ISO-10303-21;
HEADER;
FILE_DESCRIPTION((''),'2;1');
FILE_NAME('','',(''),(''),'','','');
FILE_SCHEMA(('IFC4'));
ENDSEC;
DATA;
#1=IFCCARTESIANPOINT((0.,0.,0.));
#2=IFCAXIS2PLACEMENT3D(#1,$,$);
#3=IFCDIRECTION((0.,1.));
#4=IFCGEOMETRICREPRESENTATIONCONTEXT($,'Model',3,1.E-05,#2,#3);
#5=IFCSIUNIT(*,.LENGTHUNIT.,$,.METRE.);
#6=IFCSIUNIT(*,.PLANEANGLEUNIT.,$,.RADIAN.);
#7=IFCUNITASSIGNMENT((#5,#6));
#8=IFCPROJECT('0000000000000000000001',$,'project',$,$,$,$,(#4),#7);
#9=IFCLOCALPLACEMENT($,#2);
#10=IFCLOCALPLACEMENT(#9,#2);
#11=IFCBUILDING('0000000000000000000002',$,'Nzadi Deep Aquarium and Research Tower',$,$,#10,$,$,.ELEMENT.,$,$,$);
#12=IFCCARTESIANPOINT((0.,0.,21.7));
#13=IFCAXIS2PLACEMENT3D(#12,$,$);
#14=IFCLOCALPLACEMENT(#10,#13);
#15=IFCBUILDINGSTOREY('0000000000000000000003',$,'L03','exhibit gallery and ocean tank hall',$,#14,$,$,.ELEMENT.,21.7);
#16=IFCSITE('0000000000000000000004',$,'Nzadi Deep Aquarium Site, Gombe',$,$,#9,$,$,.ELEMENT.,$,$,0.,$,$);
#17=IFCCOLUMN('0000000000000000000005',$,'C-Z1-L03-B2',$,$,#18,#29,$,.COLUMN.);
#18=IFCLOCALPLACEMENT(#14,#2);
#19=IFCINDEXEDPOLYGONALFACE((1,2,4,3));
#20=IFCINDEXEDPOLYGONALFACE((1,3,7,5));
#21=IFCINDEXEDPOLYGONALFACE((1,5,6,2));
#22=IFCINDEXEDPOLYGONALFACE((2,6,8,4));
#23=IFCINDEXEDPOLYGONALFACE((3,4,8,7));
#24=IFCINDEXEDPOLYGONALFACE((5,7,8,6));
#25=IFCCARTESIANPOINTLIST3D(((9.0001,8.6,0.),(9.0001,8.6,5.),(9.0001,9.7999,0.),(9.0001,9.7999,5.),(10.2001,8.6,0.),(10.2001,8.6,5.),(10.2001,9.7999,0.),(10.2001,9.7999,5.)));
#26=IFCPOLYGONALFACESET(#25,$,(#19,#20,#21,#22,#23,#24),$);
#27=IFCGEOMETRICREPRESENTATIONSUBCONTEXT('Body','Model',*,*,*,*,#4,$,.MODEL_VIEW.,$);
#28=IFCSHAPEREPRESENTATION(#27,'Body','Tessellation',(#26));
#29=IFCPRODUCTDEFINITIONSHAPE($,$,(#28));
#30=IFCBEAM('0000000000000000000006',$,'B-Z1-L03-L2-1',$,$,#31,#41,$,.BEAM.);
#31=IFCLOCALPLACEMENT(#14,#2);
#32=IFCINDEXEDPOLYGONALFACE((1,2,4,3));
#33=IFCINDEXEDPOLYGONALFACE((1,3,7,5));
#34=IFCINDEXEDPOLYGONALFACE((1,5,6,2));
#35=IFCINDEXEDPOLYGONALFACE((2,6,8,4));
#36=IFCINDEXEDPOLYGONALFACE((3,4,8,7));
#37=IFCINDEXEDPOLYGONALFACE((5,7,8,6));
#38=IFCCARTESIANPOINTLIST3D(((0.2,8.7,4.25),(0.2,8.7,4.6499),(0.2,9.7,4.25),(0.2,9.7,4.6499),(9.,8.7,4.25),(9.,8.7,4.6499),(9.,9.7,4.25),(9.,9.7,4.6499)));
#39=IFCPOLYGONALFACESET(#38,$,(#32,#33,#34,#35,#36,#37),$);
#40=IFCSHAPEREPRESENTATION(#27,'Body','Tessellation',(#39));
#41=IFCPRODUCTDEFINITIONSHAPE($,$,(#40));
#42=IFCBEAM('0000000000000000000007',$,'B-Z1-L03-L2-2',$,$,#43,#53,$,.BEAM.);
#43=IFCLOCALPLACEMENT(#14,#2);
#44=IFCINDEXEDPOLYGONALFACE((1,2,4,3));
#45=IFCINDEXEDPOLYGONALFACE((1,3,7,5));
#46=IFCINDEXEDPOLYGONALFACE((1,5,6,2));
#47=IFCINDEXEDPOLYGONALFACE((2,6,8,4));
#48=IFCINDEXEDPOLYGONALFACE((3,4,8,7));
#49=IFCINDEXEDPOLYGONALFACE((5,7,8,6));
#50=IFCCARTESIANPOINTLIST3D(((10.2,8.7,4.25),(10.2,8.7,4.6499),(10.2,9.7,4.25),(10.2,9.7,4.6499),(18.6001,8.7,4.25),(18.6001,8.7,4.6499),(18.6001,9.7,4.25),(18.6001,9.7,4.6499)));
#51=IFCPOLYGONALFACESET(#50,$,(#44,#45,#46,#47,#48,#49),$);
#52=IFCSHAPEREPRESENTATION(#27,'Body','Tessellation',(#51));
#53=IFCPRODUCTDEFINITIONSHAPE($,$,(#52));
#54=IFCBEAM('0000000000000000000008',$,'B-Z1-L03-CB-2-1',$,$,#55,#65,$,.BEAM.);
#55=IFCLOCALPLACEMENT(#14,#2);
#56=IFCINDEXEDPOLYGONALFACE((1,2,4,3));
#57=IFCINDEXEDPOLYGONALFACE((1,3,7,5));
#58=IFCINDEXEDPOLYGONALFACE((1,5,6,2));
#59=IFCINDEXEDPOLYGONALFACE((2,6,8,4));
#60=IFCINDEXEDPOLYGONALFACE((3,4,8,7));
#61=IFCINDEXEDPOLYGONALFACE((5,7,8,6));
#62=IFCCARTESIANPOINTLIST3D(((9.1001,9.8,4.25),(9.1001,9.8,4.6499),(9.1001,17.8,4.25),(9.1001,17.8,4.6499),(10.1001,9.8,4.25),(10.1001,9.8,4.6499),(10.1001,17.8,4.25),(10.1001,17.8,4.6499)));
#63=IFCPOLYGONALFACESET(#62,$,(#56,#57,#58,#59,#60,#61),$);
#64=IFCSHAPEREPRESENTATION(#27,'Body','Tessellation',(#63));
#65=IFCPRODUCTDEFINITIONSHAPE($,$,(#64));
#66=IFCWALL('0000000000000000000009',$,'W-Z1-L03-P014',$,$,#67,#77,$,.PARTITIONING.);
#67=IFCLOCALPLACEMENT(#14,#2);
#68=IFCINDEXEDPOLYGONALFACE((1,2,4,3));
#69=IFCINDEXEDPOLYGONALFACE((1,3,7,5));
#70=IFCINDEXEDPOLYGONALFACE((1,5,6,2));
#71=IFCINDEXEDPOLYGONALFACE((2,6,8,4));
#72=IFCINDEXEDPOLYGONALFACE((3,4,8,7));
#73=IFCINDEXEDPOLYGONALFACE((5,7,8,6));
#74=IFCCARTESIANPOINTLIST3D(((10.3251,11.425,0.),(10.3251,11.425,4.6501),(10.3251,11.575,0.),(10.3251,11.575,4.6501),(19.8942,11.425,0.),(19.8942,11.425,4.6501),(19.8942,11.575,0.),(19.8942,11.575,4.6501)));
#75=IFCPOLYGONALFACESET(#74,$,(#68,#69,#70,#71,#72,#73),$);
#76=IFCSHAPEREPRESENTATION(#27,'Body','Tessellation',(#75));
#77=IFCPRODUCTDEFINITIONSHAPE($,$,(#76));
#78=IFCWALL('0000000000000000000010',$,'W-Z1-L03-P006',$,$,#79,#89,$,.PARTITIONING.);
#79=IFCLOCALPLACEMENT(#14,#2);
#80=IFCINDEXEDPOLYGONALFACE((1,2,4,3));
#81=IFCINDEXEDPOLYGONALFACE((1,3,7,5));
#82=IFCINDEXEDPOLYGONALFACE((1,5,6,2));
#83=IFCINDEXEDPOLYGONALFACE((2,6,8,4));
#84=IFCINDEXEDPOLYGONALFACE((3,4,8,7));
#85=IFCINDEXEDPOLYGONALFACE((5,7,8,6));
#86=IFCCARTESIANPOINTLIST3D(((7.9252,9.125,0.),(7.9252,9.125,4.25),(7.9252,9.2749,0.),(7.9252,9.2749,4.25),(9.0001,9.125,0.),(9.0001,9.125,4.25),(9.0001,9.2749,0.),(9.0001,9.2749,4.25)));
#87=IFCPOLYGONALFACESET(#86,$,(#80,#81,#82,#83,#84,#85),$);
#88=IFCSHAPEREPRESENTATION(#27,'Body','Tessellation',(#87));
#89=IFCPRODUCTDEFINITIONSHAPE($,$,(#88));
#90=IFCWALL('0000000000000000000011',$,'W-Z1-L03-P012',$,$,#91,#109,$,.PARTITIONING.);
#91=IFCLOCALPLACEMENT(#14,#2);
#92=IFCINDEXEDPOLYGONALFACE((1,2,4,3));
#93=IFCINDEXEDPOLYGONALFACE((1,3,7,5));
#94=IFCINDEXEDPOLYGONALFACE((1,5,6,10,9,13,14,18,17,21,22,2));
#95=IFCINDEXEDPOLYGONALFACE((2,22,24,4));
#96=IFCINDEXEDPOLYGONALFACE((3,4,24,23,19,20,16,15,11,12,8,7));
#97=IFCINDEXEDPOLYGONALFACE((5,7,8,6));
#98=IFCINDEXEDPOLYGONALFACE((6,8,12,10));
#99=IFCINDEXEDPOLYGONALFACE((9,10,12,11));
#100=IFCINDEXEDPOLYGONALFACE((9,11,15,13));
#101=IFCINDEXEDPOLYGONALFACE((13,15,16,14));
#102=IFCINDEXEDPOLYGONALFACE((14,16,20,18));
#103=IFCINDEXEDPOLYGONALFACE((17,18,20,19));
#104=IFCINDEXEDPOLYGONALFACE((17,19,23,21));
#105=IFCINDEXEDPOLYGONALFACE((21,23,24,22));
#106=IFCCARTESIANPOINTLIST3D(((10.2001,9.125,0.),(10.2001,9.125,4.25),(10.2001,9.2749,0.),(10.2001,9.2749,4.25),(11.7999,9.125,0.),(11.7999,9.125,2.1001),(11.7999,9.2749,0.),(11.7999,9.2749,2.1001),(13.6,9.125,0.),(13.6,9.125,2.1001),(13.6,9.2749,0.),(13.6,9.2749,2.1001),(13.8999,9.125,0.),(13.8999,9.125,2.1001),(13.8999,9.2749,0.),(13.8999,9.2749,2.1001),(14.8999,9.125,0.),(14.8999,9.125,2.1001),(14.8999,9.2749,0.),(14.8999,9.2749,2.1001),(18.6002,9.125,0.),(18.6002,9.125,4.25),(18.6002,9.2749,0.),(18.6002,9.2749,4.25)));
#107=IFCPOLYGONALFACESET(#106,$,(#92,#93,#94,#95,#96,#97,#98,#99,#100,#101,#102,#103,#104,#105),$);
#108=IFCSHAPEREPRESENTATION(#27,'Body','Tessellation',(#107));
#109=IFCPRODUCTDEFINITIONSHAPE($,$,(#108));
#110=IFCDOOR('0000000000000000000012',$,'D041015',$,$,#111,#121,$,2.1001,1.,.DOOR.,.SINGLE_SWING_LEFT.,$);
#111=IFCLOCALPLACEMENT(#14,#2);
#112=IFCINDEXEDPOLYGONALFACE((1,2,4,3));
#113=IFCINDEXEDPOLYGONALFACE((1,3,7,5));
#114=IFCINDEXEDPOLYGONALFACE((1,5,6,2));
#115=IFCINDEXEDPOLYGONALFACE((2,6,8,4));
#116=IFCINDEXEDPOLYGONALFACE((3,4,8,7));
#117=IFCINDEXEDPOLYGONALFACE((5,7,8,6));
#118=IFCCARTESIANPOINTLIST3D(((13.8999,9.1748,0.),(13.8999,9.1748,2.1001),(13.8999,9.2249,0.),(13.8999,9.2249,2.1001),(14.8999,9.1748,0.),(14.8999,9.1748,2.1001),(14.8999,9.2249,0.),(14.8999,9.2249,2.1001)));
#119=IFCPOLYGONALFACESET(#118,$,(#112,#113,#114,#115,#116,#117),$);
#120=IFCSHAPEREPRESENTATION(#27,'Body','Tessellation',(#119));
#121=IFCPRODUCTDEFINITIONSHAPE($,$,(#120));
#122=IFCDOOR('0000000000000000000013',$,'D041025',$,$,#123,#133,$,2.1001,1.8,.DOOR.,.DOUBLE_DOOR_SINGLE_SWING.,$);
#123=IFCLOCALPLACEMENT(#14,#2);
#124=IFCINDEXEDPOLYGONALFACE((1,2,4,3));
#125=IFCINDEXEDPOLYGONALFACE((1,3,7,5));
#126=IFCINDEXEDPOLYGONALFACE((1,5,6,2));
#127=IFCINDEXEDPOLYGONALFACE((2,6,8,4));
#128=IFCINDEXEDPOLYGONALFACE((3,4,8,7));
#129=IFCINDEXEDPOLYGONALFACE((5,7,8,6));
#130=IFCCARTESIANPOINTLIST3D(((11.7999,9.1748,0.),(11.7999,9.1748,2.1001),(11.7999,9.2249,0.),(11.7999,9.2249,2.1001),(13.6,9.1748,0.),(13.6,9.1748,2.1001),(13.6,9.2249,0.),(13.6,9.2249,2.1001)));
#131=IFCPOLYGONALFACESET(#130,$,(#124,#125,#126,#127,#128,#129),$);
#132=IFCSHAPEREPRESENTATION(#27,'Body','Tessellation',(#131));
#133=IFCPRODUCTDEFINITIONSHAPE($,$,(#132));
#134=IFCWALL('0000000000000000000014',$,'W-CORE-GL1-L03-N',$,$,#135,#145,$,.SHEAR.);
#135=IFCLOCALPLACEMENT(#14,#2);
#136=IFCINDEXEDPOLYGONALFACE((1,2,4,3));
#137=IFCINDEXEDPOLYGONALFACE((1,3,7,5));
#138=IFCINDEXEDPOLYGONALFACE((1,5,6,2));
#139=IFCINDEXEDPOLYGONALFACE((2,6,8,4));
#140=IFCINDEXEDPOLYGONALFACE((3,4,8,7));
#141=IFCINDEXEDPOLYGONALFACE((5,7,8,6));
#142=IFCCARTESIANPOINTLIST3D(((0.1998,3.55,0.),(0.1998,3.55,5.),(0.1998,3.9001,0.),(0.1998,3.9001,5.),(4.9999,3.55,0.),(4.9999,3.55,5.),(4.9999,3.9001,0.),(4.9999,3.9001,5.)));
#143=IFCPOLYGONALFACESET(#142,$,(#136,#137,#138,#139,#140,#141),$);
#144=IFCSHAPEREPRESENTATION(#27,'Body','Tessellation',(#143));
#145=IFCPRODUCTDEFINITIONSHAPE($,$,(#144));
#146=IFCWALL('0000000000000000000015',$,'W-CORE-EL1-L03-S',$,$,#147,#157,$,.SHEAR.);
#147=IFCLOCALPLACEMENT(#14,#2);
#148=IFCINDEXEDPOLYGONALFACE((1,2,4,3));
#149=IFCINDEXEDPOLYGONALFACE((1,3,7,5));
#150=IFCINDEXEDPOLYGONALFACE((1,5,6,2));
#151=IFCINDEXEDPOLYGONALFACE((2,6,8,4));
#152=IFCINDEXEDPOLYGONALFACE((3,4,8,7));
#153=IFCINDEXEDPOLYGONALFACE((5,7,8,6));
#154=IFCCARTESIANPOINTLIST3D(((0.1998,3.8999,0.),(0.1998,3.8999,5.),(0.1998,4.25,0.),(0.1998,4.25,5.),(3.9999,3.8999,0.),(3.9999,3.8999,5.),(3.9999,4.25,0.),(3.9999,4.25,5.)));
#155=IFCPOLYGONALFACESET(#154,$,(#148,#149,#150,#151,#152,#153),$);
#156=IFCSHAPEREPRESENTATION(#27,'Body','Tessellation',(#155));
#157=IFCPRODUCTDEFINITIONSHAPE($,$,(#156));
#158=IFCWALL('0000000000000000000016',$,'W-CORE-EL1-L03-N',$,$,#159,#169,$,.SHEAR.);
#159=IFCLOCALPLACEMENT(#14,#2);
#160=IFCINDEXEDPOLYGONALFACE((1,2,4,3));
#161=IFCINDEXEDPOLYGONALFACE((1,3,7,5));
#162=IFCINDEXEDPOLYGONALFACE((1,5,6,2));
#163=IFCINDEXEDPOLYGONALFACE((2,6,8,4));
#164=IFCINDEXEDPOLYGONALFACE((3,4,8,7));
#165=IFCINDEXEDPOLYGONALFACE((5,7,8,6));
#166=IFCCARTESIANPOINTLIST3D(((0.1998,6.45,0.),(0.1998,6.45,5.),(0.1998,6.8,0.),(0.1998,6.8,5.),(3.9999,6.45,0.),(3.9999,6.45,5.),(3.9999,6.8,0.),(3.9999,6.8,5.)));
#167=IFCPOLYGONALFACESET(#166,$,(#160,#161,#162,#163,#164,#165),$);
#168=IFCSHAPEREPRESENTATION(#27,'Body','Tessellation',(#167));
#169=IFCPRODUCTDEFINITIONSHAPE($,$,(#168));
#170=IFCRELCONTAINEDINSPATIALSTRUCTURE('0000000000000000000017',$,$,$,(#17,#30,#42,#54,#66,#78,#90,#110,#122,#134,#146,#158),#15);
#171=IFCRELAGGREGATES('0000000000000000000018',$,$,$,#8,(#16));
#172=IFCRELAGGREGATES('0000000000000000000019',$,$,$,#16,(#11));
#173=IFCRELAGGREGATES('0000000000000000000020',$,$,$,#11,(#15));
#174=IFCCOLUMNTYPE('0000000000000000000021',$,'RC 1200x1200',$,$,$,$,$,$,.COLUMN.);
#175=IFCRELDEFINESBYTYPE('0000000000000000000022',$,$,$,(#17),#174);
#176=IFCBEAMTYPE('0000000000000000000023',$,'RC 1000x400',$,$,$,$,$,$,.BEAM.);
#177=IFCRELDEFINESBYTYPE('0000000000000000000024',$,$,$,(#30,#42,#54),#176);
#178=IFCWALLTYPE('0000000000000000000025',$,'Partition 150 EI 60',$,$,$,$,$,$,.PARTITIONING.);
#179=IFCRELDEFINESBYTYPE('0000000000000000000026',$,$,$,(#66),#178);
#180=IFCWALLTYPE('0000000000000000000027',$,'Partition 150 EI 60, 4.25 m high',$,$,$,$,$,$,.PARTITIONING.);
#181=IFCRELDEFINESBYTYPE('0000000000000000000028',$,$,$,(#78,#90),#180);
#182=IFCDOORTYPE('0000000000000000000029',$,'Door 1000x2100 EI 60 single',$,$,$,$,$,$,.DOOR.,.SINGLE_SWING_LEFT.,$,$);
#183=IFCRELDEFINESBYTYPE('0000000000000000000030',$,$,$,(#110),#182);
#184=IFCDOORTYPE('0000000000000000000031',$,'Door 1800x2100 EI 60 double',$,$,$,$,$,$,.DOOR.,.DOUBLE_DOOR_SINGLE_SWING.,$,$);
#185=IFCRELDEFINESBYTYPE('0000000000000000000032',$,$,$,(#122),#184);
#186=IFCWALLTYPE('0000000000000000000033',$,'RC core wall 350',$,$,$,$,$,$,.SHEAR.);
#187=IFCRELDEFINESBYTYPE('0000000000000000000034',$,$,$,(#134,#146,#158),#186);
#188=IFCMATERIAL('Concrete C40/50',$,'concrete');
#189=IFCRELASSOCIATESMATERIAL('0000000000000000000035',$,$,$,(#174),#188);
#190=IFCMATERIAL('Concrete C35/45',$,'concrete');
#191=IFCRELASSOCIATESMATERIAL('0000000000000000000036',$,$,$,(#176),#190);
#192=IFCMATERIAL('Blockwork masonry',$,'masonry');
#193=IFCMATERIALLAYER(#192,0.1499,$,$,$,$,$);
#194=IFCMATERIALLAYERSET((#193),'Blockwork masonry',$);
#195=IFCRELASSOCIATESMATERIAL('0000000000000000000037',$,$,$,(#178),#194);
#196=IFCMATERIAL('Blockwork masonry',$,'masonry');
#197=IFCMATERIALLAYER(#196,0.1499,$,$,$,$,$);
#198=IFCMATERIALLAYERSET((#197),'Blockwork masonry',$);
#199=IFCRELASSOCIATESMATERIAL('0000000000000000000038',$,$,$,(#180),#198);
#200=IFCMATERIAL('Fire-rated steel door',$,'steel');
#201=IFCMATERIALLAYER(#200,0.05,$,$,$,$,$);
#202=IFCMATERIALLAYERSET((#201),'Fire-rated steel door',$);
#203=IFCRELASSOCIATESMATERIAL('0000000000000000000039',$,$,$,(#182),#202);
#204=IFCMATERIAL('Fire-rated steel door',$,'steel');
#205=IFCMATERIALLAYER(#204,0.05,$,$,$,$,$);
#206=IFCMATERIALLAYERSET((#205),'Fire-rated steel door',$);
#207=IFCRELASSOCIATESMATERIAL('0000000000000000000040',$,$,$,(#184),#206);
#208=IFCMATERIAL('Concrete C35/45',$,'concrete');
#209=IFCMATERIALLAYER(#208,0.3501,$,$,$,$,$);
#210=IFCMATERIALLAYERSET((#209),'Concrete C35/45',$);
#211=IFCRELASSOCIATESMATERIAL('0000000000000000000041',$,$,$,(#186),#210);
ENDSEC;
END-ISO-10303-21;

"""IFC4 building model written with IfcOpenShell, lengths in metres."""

from ifc_helpers import new_model, si_unit, direction, frame, frame_2d, origin, origin_2d, place, context, subcontext, project, spatial, rectangle, extrude, material, layer, layer_set, material_profile, profile_set, type_object, element, fill, save


model = new_model("IFC4")

# Units and contexts
model_context = context("Model", 3, precision=1e-05, world=origin(), true_north=direction((0.0, 1.0)))
body_context = subcontext(model_context, "Body", "Model", "MODEL_VIEW")
ifc_project = project(units=[si_unit("LENGTHUNIT", "METRE"), si_unit("PLANEANGLEUNIT", "RADIAN")], contexts=[model_context])

# Site, building, storey
site_placement = place(None, origin())
site = spatial("IfcSite", under=ifc_project, at=site_placement, Name="Nzadi Deep Aquarium Site, Gombe", CompositionType="ELEMENT", RefElevation=0.0)
building_placement = place(site_placement, origin())
building = spatial("IfcBuilding", under=site, at=building_placement, Name="Nzadi Deep Aquarium and Research Tower", CompositionType="ELEMENT")
storey_placement = place(building_placement, frame((0.0, 0.0, 21.7)))
storey = spatial("IfcBuildingStorey", under=building, at=storey_placement, Name="L03", Description="exhibit gallery and ocean tank hall", CompositionType="ELEMENT", Elevation=21.7)

# Column
ifc_material_1 = material(Name="Concrete C40/50", Category="concrete")
ifc_material_profile_1 = material_profile(ifc_material_1, rectangle(XDim=1.2, YDim=1.2, at=origin_2d()))
ifc_profile_set_1 = profile_set([ifc_material_profile_1], Name="Concrete C40/50")
column_type = type_object("IfcColumnType", Name="RC 1200x1200", PredefinedType="COLUMN", material=ifc_profile_set_1)
column_placement = place(storey_placement, frame((9.6001, 9.2, 0.0), z_axis=(0.0, 0.0, 1.0), x_axis=(1.0, 0.0, 0.0)))
element("IfcColumn", 1, at=column_placement, inside=storey, type_object=column_type, Name="C-Z1-L03-B2", PredefinedType="COLUMN", context=body_context, shape_type="SweptSolid", body=[
    extrude(rectangle(XDim=1.2, YDim=1.2, at=origin_2d()), origin(), (0.0, 0.0, 1.0), 5.0),
])

# Beams
ifc_material_2 = material(Name="Concrete C35/45", Category="concrete")
ifc_material_profile_2 = material_profile(ifc_material_2, rectangle(XDim=1.0, YDim=0.3999, at=origin_2d()))
ifc_profile_set_2 = profile_set([ifc_material_profile_2], Name="Concrete C35/45")
beam_type = type_object("IfcBeamType", Name="RC 1000x400", PredefinedType="BEAM", material=ifc_profile_set_2)
beam_1_placement = place(storey_placement, frame((0.2, 9.2, 4.45), z_axis=(1.0, 0.0, 0.0), x_axis=(0.0, 1.0, 0.0)))
element("IfcBeam", 2, at=beam_1_placement, inside=storey, type_object=beam_type, Name="B-Z1-L03-L2-1", PredefinedType="BEAM", context=body_context, shape_type="SweptSolid", body=[
    extrude(rectangle(XDim=1.0, YDim=0.3999, at=origin_2d()), origin(), (0.0, 0.0, 1.0), 8.8),
])
beam_2_placement = place(storey_placement, frame((10.2, 9.2, 4.45), z_axis=(1.0, 0.0, 0.0), x_axis=(0.0, 1.0, 0.0)))
element("IfcBeam", 3, at=beam_2_placement, inside=storey, type_object=beam_type, Name="B-Z1-L03-L2-2", PredefinedType="BEAM", context=body_context, shape_type="SweptSolid", body=[
    extrude(rectangle(XDim=1.0, YDim=0.3999, at=origin_2d()), origin(), (0.0, 0.0, 1.0), 8.4001),
])
beam_3_placement = place(storey_placement, frame((9.6001, 9.8, 4.45), z_axis=(0.0, 1.0, 0.0), x_axis=(-1.0, 0.0, 0.0)))
element("IfcBeam", 4, at=beam_3_placement, inside=storey, type_object=beam_type, Name="B-Z1-L03-CB-2-1", PredefinedType="BEAM", context=body_context, shape_type="SweptSolid", body=[
    extrude(rectangle(XDim=1.0, YDim=0.3999, at=origin_2d()), origin(), (0.0, 0.0, 1.0), 8.0),
])

# Walls
ifc_material_3 = material(Name="Blockwork masonry", Category="masonry")
ifc_layer_1 = layer(ifc_material_3, 0.1499)
ifc_layer_set_1 = layer_set([ifc_layer_1], Name="Blockwork masonry")
wall_type_1 = type_object("IfcWallType", Name="Partition 150 EI 60", PredefinedType="PARTITIONING", material=ifc_layer_set_1)
wall_1_placement = place(storey_placement, frame((10.325, 11.5, 0.0), z_axis=(0.0, 0.0, 1.0), x_axis=(1.0, 0.0, 0.0)))
element("IfcWall", 5, at=wall_1_placement, inside=storey, type_object=wall_type_1, Name="W-Z1-L03-P014", PredefinedType="PARTITIONING", context=body_context, shape_type="SweptSolid", body=[
    extrude(rectangle(XDim=9.5691, YDim=0.1499, at=frame_2d((4.7847, 0.0))), origin(), (0.0, 0.0, 1.0), 4.6501),
])
ifc_material_4 = material(Name="Blockwork masonry", Category="masonry")
ifc_layer_2 = layer(ifc_material_4, 0.1499)
ifc_layer_set_2 = layer_set([ifc_layer_2], Name="Blockwork masonry")
wall_type_2 = type_object("IfcWallType", Name="Partition 150 EI 60, 4.25 m high", PredefinedType="PARTITIONING", material=ifc_layer_set_2)
wall_2_placement = place(storey_placement, frame((7.925, 9.2, 0.0), z_axis=(0.0, 0.0, 1.0), x_axis=(1.0, 0.0, 0.0)))
element("IfcWall", 6, at=wall_2_placement, inside=storey, type_object=wall_type_2, Name="W-Z1-L03-P006", PredefinedType="PARTITIONING", context=body_context, shape_type="SweptSolid", body=[
    extrude(rectangle(XDim=1.075, YDim=0.1499, at=frame_2d((0.5376, 0.0))), origin(), (0.0, 0.0, 1.0), 4.25),
])

# Wall, openings, doors
wall_3_placement = place(storey_placement, frame((10.2, 9.2, 0.0), z_axis=(0.0, 0.0, 1.0), x_axis=(1.0, 0.0, 0.0)))
wall_3 = element("IfcWall", 7, at=wall_3_placement, inside=storey, type_object=wall_type_2, Name="W-Z1-L03-P012", PredefinedType="PARTITIONING", context=body_context, shape_type="SweptSolid", body=[
    extrude(rectangle(XDim=8.4001, YDim=0.1499, at=frame_2d((4.2002, 0.0))), origin(), (0.0, 0.0, 1.0), 4.25),
])
opening_1_placement = place(wall_3_placement, frame((3.7, 0.0, 0.0)))
opening_1 = element("IfcOpeningElement", 8, at=opening_1_placement, cuts=wall_3, PredefinedType="OPENING", context=body_context, shape_type="SweptSolid", body=[
    extrude(rectangle(XDim=1.0, YDim=2.1001, at=frame_2d((0.5, 1.05))), frame((0.0, 0.085, 0.0), z_axis=(0.0, -1.0, 0.0), x_axis=(1.0, 0.0, 0.0)), (0.0, 0.0, 1.0), 0.1699),
])
opening_2_placement = place(wall_3_placement, frame((1.6001, 0.0, 0.0)))
opening_2 = element("IfcOpeningElement", 9, at=opening_2_placement, cuts=wall_3, PredefinedType="OPENING", context=body_context, shape_type="SweptSolid", body=[
    extrude(rectangle(XDim=1.8, YDim=2.1001, at=frame_2d((0.8999, 1.05))), frame((0.0, 0.085, 0.0), z_axis=(0.0, -1.0, 0.0), x_axis=(1.0, 0.0, 0.0)), (0.0, 0.0, 1.0), 0.1699),
])
ifc_material_5 = material(Name="Fire-rated steel door", Category="steel")
ifc_layer_3 = layer(ifc_material_5, 0.05)
ifc_layer_set_3 = layer_set([ifc_layer_3], Name="Fire-rated steel door")
door_type_1 = type_object("IfcDoorType", Name="Door 1000x2100 EI 60 single", OperationType="SINGLE_SWING_LEFT", PredefinedType="DOOR", material=ifc_layer_set_3)
door_1_placement = place(opening_1_placement, origin())
door_1 = element("IfcDoor", 10, at=door_1_placement, inside=storey, type_object=door_type_1, Name="D041015", OperationType="SINGLE_SWING_LEFT", OverallHeight=2.1001, OverallWidth=1.0, PredefinedType="DOOR", context=body_context, shape_type="SweptSolid", body=[
    extrude(rectangle(XDim=1.0, YDim=2.1001, at=frame_2d((0.5, 1.05))), frame((0.0, 0.0249, 0.0), z_axis=(0.0, -1.0, 0.0), x_axis=(1.0, 0.0, 0.0)), (0.0, 0.0, 1.0), 0.05),
])
fill(opening_1, door_1)
ifc_material_6 = material(Name="Fire-rated steel door", Category="steel")
ifc_layer_4 = layer(ifc_material_6, 0.05)
ifc_layer_set_4 = layer_set([ifc_layer_4], Name="Fire-rated steel door")
door_type_2 = type_object("IfcDoorType", Name="Door 1800x2100 EI 60 double", OperationType="DOUBLE_DOOR_SINGLE_SWING", PredefinedType="DOOR", material=ifc_layer_set_4)
door_2_placement = place(opening_2_placement, origin())
door_2 = element("IfcDoor", 11, at=door_2_placement, inside=storey, type_object=door_type_2, Name="D041025", OperationType="DOUBLE_DOOR_SINGLE_SWING", OverallHeight=2.1001, OverallWidth=1.8, PredefinedType="DOOR", context=body_context, shape_type="SweptSolid", body=[
    extrude(rectangle(XDim=1.8, YDim=2.1001, at=frame_2d((0.8999, 1.05))), frame((0.0, 0.0249, 0.0), z_axis=(0.0, -1.0, 0.0), x_axis=(1.0, 0.0, 0.0)), (0.0, 0.0, 1.0), 0.05),
])
fill(opening_2, door_2)

# Walls
ifc_material_7 = material(Name="Concrete C35/45", Category="concrete")
ifc_layer_5 = layer(ifc_material_7, 0.3501)
ifc_layer_set_5 = layer_set([ifc_layer_5], Name="Concrete C35/45")
wall_type_3 = type_object("IfcWallType", Name="RC core wall 350", PredefinedType="SHEAR", material=ifc_layer_set_5)
wall_4_placement = place(storey_placement, frame((0.2, 3.7251, 0.0), z_axis=(0.0, 0.0, 1.0), x_axis=(1.0, 0.0, 0.0)))
element("IfcWall", 12, at=wall_4_placement, inside=storey, type_object=wall_type_3, Name="W-CORE-GL1-L03-N", PredefinedType="SHEAR", context=body_context, shape_type="SweptSolid", body=[
    extrude(rectangle(XDim=4.8, YDim=0.3501, at=frame_2d((2.3999, 0.0))), origin(), (0.0, 0.0, 1.0), 5.0),
])
for number, where, z_axis, x_axis, name in (
    (13, (0.2, 4.075, 0.0), (0.0, 0.0, 1.0), (1.0, 0.0, 0.0), "W-CORE-EL1-L03-S"),
    (14, (0.2, 6.625, 0.0), (0.0, 0.0, 1.0), (1.0, 0.0, 0.0), "W-CORE-EL1-L03-N"),
):
    element("IfcWall", number, at=place(storey_placement, frame(where, z_axis=z_axis, x_axis=x_axis)), inside=storey, type_object=wall_type_3, Name=name, PredefinedType="SHEAR", context=body_context, shape_type="SweptSolid", body=[
        extrude(rectangle(XDim=3.8, YDim=0.3501, at=frame_2d((1.8999, 0.0))), origin(), (0.0, 0.0, 1.0), 5.0),
    ])

save(model, "model.ifc")
